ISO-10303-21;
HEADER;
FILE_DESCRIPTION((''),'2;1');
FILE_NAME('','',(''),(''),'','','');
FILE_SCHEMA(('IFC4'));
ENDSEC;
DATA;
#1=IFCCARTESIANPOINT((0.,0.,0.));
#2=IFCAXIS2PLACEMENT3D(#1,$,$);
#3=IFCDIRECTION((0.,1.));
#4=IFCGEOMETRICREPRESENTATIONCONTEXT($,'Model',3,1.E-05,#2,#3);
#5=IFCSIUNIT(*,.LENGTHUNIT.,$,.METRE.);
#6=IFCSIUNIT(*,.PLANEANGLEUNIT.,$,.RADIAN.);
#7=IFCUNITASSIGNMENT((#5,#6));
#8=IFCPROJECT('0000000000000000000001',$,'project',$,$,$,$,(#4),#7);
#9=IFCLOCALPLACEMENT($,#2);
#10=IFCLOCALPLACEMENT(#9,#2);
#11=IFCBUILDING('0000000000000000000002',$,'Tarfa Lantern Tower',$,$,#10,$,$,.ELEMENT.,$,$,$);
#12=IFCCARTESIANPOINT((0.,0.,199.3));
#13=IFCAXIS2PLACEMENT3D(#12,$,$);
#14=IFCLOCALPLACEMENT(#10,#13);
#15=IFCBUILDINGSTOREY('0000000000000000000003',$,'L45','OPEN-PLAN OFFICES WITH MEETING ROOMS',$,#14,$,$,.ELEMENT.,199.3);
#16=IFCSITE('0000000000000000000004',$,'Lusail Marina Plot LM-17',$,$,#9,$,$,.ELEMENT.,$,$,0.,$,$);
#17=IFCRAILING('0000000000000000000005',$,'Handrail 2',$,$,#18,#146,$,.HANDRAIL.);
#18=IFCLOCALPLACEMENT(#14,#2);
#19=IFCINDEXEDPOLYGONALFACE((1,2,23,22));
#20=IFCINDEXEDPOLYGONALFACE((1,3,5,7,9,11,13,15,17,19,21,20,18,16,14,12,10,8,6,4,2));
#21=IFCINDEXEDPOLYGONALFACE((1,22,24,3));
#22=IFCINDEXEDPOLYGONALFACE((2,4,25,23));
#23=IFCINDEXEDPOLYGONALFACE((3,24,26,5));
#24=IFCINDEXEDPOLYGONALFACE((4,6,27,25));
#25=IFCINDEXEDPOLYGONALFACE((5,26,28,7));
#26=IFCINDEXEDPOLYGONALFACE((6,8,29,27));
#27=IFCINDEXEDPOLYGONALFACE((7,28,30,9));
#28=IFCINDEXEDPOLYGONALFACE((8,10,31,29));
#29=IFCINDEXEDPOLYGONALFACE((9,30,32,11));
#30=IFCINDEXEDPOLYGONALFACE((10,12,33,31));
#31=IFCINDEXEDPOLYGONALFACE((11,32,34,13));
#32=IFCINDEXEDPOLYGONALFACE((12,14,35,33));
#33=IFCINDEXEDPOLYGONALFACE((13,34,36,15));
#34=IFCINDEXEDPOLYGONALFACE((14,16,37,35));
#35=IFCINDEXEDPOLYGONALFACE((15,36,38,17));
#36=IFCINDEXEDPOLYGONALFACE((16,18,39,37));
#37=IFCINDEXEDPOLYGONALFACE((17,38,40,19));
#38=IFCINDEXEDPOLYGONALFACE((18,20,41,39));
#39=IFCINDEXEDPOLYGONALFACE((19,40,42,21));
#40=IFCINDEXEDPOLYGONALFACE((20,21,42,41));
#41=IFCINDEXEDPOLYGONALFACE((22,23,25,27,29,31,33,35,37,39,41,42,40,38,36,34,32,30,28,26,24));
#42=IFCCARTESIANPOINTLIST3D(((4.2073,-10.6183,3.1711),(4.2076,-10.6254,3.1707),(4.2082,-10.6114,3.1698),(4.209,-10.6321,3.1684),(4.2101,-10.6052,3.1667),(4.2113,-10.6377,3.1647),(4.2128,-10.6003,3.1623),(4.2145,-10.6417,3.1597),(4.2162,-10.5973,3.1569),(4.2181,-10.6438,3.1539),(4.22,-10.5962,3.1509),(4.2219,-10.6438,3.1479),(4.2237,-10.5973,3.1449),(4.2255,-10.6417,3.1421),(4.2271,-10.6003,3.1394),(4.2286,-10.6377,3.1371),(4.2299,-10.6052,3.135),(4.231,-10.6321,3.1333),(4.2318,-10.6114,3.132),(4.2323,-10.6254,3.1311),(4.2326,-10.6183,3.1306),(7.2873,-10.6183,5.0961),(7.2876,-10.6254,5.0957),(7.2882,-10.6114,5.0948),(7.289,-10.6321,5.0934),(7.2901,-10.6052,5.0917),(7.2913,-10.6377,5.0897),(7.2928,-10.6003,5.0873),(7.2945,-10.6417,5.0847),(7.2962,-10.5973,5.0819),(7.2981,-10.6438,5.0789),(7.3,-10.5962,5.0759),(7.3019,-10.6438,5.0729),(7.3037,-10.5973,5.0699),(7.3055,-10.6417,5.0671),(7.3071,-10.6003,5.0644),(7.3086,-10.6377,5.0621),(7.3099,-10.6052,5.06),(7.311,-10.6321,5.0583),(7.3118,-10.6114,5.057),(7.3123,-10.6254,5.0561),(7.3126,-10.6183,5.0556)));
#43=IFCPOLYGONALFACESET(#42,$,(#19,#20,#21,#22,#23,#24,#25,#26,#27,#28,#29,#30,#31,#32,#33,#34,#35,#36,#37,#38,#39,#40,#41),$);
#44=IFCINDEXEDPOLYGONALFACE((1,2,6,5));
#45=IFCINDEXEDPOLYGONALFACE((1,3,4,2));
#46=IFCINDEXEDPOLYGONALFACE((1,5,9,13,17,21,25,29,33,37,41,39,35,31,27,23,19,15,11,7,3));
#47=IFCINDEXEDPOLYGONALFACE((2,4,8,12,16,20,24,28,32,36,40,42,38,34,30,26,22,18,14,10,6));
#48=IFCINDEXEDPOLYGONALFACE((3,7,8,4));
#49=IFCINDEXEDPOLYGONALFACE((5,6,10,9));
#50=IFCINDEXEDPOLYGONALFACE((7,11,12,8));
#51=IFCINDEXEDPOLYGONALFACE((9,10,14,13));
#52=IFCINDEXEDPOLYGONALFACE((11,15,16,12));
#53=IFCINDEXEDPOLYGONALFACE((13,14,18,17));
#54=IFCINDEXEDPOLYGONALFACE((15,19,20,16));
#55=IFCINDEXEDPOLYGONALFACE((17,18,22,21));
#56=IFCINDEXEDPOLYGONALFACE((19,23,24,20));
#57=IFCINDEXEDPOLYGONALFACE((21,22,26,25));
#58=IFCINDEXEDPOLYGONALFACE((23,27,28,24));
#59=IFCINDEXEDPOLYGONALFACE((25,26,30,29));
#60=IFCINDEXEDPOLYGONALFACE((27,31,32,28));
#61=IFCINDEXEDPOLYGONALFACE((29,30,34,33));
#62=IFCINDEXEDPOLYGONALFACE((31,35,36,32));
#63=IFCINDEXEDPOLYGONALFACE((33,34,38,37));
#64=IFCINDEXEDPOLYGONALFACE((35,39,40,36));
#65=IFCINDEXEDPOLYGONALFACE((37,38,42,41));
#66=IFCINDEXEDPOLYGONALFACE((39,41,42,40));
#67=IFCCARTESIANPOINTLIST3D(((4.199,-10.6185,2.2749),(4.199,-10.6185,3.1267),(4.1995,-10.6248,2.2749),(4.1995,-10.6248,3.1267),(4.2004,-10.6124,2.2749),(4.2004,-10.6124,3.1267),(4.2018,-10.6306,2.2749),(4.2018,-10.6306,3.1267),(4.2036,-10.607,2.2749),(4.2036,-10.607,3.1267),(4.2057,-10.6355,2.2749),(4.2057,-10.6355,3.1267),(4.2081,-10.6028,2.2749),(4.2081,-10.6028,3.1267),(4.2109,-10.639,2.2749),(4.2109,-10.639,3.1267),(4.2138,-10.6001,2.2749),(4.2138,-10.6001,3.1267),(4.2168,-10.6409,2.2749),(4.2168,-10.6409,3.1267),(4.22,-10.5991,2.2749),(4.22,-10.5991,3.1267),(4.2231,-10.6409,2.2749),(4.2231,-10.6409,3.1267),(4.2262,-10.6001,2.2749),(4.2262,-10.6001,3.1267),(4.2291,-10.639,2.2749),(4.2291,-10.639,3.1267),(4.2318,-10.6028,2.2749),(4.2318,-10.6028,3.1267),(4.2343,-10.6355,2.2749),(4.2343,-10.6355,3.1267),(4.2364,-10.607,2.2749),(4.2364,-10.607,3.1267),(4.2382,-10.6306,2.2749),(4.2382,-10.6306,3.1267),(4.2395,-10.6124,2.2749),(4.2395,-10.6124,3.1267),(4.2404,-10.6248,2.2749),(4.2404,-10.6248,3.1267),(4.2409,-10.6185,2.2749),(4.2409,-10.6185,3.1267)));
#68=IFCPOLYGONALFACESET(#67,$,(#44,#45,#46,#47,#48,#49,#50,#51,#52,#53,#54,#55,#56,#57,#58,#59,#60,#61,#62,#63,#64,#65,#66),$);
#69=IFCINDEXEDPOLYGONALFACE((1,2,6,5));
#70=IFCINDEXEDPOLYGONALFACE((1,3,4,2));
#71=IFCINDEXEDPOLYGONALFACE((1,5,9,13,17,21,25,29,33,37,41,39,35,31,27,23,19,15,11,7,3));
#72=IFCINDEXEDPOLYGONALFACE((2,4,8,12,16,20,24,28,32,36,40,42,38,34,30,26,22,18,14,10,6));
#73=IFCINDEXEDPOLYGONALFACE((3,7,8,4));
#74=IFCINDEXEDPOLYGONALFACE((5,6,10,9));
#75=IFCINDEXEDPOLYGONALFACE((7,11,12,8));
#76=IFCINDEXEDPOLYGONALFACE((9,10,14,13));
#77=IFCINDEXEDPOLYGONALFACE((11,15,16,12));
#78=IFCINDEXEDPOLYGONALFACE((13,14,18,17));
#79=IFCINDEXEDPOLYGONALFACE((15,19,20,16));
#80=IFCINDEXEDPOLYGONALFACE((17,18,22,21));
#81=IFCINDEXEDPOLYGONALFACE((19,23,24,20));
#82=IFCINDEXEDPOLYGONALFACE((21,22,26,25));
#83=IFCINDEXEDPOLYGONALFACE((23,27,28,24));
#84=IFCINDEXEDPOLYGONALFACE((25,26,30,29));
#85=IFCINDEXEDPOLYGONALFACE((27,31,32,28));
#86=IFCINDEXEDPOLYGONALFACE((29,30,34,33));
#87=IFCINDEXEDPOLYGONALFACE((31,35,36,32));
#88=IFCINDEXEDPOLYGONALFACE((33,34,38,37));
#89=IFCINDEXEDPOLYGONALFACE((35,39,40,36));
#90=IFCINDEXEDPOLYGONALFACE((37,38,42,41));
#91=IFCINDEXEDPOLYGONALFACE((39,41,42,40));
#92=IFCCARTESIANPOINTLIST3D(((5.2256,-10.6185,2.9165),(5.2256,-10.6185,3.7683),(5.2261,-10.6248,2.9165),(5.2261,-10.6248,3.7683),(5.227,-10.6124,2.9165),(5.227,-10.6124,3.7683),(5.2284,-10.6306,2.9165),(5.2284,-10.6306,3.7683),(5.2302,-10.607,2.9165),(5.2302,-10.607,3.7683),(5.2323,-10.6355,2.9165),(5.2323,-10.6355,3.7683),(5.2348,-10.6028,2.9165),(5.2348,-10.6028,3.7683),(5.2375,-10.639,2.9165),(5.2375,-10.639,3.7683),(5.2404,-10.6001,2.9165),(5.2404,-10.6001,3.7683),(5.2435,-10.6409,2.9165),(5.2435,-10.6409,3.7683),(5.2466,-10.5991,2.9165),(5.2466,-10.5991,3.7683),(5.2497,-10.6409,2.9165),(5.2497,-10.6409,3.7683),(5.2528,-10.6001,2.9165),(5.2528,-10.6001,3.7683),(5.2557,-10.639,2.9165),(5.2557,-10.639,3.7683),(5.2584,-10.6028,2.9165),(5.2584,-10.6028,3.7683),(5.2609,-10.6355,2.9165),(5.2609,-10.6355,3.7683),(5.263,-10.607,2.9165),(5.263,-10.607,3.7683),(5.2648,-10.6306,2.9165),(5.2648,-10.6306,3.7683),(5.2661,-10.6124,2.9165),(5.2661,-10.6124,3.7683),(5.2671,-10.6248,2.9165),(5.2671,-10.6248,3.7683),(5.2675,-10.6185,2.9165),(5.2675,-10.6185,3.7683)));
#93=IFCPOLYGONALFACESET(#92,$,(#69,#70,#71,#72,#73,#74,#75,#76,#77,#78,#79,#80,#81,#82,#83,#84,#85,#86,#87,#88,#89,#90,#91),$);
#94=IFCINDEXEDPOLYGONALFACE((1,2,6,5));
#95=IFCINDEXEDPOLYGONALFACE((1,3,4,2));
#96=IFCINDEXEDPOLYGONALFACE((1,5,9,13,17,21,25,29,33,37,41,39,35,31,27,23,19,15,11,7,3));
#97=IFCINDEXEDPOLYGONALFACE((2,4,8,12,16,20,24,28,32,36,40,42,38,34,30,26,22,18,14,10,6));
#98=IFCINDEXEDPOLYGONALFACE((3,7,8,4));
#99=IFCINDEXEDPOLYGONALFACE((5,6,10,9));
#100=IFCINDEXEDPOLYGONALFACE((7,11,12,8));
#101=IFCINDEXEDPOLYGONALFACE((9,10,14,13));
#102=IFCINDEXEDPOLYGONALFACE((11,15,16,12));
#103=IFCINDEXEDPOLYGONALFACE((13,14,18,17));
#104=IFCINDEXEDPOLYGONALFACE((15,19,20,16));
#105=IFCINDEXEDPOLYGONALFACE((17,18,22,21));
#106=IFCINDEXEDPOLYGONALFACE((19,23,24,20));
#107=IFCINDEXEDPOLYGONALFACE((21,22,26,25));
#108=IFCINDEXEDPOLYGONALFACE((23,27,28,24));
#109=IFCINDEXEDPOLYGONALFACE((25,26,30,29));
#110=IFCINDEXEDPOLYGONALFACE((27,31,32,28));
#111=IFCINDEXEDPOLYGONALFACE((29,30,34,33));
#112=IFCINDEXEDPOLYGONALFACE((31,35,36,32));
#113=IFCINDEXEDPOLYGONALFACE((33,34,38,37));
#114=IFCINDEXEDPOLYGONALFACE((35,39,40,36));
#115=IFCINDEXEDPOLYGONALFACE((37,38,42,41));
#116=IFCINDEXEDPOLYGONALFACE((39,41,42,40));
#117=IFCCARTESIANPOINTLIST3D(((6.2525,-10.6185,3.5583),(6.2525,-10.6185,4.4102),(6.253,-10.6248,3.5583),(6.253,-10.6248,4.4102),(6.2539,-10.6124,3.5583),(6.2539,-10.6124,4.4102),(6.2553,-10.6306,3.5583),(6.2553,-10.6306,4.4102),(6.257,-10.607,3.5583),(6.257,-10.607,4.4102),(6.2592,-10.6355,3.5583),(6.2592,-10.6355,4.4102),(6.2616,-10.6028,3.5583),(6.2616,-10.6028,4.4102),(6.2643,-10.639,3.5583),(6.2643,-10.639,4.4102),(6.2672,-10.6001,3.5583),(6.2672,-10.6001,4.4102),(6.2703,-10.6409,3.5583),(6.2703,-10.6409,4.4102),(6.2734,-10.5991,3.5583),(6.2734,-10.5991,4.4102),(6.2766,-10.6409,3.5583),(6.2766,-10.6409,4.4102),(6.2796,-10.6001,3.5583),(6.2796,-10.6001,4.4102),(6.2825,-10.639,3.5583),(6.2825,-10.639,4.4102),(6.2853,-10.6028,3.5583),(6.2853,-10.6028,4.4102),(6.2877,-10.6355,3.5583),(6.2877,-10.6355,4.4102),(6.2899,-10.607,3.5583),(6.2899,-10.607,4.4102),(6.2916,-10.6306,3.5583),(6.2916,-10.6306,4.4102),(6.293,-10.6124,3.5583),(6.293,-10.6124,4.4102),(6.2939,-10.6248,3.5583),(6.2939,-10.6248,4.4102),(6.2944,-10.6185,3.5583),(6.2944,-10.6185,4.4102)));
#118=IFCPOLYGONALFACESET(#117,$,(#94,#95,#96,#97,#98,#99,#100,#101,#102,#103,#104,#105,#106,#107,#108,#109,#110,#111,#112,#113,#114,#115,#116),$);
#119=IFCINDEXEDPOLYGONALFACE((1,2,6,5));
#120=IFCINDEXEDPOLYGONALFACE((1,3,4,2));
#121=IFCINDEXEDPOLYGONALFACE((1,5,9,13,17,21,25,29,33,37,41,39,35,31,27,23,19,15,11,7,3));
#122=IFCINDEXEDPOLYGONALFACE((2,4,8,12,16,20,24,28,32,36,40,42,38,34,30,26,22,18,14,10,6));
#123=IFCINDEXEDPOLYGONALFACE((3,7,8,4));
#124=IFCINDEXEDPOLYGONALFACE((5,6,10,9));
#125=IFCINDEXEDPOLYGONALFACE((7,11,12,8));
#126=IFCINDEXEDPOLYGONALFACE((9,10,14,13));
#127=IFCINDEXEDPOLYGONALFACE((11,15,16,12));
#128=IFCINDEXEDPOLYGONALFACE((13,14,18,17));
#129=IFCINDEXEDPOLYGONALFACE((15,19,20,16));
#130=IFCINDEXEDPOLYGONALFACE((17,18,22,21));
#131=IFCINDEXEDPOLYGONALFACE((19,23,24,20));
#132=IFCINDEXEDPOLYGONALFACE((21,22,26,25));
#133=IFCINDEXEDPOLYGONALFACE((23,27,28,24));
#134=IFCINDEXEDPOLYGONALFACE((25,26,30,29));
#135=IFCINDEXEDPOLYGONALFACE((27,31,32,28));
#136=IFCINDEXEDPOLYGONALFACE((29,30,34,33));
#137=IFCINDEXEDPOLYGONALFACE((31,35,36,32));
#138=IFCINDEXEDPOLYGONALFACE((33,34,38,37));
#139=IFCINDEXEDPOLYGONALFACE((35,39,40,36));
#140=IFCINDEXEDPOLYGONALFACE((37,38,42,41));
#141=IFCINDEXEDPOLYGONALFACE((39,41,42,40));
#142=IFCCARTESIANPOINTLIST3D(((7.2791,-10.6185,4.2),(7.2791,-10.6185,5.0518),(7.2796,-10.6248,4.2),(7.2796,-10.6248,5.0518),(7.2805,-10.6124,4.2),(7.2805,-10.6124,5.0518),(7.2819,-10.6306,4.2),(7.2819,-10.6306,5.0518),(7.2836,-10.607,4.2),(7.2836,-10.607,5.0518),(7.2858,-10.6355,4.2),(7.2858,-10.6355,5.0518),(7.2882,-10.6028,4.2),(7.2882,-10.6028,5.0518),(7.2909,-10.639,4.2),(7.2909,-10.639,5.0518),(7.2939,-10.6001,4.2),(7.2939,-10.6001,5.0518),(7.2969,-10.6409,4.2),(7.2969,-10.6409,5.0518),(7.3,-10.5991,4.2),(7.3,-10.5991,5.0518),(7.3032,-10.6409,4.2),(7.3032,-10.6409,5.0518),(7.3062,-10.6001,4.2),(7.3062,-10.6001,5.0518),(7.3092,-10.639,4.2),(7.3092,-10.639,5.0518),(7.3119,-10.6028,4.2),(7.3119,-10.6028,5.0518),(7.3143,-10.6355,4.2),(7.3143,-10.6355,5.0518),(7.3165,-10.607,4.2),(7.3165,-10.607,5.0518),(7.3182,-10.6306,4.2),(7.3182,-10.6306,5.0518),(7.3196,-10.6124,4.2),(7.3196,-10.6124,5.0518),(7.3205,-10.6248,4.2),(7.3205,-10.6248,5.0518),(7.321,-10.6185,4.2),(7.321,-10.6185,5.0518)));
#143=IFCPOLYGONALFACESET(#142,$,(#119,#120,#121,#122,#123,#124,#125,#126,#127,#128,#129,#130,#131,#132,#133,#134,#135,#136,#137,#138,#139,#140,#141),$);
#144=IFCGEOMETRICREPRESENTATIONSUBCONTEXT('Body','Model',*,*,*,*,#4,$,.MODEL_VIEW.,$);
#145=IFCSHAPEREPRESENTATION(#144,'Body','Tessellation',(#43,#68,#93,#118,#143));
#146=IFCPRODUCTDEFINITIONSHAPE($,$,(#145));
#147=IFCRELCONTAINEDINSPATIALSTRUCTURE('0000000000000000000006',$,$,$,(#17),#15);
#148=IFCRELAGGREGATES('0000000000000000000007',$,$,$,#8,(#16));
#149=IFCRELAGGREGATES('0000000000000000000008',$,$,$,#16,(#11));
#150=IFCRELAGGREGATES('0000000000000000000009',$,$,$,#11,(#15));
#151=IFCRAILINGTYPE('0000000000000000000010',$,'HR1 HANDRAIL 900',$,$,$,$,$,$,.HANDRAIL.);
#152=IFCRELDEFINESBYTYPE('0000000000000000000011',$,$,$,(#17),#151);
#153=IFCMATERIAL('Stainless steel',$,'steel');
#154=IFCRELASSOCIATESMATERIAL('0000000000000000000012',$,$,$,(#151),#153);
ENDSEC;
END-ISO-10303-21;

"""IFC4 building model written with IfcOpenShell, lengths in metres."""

from ifc_helpers import new_model, si_unit, direction, frame, origin, origin_2d, place, context, subcontext, project, spatial, circle, extrude, material, type_object, element, save


model = new_model("IFC4")

# Units and contexts
model_context = context("Model", 3, precision=1e-05, world=origin(), true_north=direction((0.0, 1.0)))
body_context = subcontext(model_context, "Body", "Model", "MODEL_VIEW")
ifc_project = project(units=[si_unit("LENGTHUNIT", "METRE"), si_unit("PLANEANGLEUNIT", "RADIAN")], contexts=[model_context])

# Site, building, storey
site_placement = place(None, origin())
site = spatial("IfcSite", under=ifc_project, at=site_placement, Name="Lusail Marina Plot LM-17", CompositionType="ELEMENT", RefElevation=0.0)
building_placement = place(site_placement, origin())
building = spatial("IfcBuilding", under=site, at=building_placement, Name="Tarfa Lantern Tower", CompositionType="ELEMENT")
storey_placement = place(building_placement, frame((0.0, 0.0, 199.3)))
storey = spatial("IfcBuildingStorey", under=building, at=storey_placement, Name="L45", Description="OPEN-PLAN OFFICES WITH MEETING ROOMS", CompositionType="ELEMENT", Elevation=199.3)

# Railing
ifc_material_1 = material(Name="Stainless steel", Category="steel")
railing_type = type_object("IfcRailingType", Name="HR1 HANDRAIL 900", PredefinedType="HANDRAIL", material=ifc_material_1)
railing_placement = place(storey_placement, frame((4.22, -10.6201, 2.2749)))
element("IfcRailing", 1, at=railing_placement, inside=storey, type_object=railing_type, Name="Handrail 2", PredefinedType="HANDRAIL", context=body_context, shape_type="SweptSolid", body=[
    extrude(circle(Radius=0.0239, at=origin_2d()), frame((0.0, 0.0, 0.876), z_axis=(0.847998, 0.0, 0.529999), x_axis=(0.0, 1.0, 0.0)), (0.0, 0.0, 1.0), 3.6321),
    extrude(circle(Radius=0.021, at=origin_2d()), frame((0.0, 0.0, 0.0), z_axis=(0.0, 0.0, 1.0), x_axis=(0.0, 1.0, 0.0)), (0.0, 0.0, 1.0), 0.8518),
    extrude(circle(Radius=0.021, at=origin_2d()), frame((1.0266, 0.0, 0.6416), z_axis=(0.0, 0.0, 1.0), x_axis=(0.0, 1.0, 0.0)), (0.0, 0.0, 1.0), 0.8518),
    extrude(circle(Radius=0.021, at=origin_2d()), frame((2.0535, 0.0, 1.2834), z_axis=(0.0, 0.0, 1.0), x_axis=(0.0, 1.0, 0.0)), (0.0, 0.0, 1.0), 0.8518),
    extrude(circle(Radius=0.021, at=origin_2d()), frame((3.0801, 0.0, 1.925), z_axis=(0.0, 0.0, 1.0), x_axis=(0.0, 1.0, 0.0)), (0.0, 0.0, 1.0), 0.8518),
])

save(model, "model.ifc")
